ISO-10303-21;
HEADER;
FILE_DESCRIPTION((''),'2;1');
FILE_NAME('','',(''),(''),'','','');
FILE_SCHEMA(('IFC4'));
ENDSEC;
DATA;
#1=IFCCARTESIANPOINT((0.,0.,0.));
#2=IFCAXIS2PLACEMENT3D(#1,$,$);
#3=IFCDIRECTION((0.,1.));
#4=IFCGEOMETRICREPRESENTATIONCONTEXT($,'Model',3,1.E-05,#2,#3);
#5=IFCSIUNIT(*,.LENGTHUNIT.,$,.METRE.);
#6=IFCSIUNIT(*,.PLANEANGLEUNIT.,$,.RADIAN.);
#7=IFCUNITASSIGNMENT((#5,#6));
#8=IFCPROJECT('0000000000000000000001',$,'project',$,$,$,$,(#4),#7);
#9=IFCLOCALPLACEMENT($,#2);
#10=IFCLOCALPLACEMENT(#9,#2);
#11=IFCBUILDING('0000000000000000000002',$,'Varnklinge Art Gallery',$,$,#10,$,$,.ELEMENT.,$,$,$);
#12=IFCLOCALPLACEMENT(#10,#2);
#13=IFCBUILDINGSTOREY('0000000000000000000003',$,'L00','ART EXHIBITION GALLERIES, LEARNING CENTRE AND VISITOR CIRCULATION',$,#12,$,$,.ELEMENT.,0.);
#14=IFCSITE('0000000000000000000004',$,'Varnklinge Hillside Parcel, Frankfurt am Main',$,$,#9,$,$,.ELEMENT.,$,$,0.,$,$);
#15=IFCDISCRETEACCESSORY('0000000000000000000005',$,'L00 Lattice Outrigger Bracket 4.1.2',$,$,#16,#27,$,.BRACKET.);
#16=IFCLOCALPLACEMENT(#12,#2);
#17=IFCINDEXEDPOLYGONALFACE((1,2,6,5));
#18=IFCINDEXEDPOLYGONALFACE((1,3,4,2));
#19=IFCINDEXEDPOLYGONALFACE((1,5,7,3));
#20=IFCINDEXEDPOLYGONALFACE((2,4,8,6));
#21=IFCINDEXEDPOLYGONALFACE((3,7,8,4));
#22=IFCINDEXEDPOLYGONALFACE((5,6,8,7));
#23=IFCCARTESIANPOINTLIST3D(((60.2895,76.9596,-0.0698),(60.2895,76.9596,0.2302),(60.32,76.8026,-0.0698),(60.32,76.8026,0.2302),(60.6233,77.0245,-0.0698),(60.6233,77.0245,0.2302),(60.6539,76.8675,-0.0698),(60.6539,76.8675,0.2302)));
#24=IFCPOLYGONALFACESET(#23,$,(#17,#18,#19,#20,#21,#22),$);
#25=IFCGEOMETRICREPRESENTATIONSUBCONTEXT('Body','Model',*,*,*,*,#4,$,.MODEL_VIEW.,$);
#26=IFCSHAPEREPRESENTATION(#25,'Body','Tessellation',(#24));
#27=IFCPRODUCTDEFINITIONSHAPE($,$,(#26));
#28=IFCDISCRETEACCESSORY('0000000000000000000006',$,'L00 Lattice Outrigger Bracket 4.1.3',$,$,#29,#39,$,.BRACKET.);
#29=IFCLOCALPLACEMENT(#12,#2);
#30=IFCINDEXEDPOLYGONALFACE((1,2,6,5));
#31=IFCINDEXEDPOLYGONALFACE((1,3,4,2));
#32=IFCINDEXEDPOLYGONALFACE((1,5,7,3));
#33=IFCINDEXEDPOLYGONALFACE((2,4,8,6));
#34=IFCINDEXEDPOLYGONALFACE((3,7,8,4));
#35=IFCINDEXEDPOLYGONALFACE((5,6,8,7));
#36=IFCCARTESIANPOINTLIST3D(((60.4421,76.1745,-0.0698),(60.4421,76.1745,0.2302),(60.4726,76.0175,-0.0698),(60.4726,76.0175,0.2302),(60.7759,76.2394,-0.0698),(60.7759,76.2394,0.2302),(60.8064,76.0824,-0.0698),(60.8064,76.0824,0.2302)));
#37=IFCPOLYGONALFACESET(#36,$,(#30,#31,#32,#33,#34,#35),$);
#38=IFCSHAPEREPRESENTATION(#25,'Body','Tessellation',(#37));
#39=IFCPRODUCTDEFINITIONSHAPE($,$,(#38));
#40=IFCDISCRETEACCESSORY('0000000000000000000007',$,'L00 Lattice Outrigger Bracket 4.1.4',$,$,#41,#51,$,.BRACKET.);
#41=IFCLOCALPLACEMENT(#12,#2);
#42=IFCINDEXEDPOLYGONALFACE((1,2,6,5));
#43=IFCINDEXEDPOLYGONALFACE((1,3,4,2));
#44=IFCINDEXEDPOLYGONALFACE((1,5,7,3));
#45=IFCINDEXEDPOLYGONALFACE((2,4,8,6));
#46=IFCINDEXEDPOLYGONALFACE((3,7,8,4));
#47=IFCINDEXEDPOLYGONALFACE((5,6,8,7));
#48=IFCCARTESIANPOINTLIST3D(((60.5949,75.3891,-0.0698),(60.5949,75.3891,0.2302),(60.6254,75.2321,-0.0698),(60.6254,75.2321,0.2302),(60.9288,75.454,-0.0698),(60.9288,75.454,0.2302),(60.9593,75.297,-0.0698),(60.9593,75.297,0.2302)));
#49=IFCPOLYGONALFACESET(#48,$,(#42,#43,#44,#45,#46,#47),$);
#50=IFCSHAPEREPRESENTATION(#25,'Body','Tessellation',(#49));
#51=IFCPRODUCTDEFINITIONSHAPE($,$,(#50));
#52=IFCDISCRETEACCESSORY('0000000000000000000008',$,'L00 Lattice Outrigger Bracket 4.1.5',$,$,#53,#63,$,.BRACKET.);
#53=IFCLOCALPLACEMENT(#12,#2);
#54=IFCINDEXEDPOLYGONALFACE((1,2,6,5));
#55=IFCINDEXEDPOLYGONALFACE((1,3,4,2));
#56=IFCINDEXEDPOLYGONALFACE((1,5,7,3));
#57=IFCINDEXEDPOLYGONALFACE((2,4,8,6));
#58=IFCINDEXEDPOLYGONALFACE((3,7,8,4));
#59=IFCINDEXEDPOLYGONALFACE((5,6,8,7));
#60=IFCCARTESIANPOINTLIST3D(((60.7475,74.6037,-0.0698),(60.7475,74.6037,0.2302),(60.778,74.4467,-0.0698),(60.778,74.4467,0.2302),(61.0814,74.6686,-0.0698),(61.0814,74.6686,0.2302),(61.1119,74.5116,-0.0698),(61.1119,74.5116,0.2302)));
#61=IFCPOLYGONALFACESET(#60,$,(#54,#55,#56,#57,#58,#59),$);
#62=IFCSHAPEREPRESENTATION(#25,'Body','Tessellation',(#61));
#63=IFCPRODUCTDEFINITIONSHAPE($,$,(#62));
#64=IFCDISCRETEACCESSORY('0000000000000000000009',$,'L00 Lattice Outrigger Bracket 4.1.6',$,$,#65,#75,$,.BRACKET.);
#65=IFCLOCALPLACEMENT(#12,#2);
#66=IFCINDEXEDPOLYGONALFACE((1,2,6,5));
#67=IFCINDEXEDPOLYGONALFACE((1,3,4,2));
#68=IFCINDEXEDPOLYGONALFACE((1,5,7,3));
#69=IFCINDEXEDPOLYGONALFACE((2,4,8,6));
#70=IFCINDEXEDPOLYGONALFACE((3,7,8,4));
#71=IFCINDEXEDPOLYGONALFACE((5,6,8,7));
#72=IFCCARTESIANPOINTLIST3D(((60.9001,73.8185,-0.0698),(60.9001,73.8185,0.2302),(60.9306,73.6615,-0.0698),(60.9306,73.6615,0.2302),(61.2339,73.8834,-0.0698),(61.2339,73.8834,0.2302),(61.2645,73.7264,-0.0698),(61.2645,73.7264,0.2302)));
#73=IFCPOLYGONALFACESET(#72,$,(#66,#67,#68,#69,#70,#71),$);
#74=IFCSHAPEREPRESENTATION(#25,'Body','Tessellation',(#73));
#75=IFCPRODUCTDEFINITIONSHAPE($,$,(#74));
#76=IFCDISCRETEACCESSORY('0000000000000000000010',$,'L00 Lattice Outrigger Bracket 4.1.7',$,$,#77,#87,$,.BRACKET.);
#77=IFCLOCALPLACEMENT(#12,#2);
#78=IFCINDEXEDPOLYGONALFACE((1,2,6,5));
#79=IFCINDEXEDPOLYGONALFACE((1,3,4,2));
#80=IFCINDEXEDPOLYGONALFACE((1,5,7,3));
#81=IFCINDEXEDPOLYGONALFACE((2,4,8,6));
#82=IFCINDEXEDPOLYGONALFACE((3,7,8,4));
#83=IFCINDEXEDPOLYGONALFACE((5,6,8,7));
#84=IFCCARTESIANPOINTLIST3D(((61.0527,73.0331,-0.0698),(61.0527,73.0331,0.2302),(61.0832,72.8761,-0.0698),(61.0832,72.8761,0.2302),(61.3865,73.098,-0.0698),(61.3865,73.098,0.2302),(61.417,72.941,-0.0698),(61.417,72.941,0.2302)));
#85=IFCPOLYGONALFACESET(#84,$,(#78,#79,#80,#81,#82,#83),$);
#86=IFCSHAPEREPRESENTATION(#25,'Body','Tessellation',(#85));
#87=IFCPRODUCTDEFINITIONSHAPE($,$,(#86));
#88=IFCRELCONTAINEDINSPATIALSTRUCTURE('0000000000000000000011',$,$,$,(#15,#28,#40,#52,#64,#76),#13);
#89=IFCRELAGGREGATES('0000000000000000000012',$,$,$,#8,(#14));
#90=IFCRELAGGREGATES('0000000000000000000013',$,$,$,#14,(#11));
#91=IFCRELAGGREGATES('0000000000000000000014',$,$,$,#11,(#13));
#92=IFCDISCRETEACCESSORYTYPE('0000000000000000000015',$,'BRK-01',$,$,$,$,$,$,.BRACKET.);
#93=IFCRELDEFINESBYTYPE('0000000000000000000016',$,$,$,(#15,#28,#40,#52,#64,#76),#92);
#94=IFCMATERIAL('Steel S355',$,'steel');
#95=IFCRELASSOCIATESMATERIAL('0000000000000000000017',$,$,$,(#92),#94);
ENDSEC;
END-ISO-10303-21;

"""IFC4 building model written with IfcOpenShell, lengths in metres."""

from ifc_helpers import new_model, si_unit, direction, frame, origin, origin_2d, place, context, subcontext, project, spatial, rectangle, extrude, material, type_object, element, save


model = new_model("IFC4")

# Units and contexts
model_context = context("Model", 3, precision=1e-05, world=origin(), true_north=direction((0.0, 1.0)))
body_context = subcontext(model_context, "Body", "Model", "MODEL_VIEW")
ifc_project = project(units=[si_unit("LENGTHUNIT", "METRE"), si_unit("PLANEANGLEUNIT", "RADIAN")], contexts=[model_context])

# Site, building, storey
site_placement = place(None, origin())
site = spatial("IfcSite", under=ifc_project, at=site_placement, Name="Varnklinge Hillside Parcel, Frankfurt am Main", CompositionType="ELEMENT", RefElevation=0.0)
building_placement = place(site_placement, origin())
building = spatial("IfcBuilding", under=site, at=building_placement, Name="Varnklinge Art Gallery", CompositionType="ELEMENT")
storey_placement = place(building_placement, origin())
storey = spatial("IfcBuildingStorey", under=building, at=storey_placement, Name="L00", Description="ART EXHIBITION GALLERIES, LEARNING CENTRE AND VISITOR CIRCULATION", CompositionType="ELEMENT", Elevation=0.0)

# Discrete accessories
ifc_material_1 = material(Name="Steel S355", Category="steel")
discrete_accessory_type = type_object("IfcDiscreteAccessoryType", Name="BRK-01", PredefinedType="BRACKET", material=ifc_material_1)
for number, where, z_axis, x_axis, name in (
    (1, (60.4717, 76.9136, -0.0698), (0.0, 0.0, 1.0), (0.190809, -0.981627, 0.0), "L00 Lattice Outrigger Bracket 4.1.2"),
    (2, (60.6243, 76.1284, -0.0698), (0.0, 0.0, 1.0), (0.190809, -0.981627, 0.0), "L00 Lattice Outrigger Bracket 4.1.3"),
    (3, (60.7771, 75.343, -0.0698), (0.0, 0.0, 1.0), (0.190809, -0.981627, 0.0), "L00 Lattice Outrigger Bracket 4.1.4"),
    (4, (60.9297, 74.5576, -0.0698), (0.0, 0.0, 1.0), (0.190809, -0.981627, 0.0), "L00 Lattice Outrigger Bracket 4.1.5"),
    (5, (61.0823, 73.7725, -0.0698), (0.0, 0.0, 1.0), (0.190809, -0.981627, 0.0), "L00 Lattice Outrigger Bracket 4.1.6"),
    (6, (61.2349, 72.9871, -0.0698), (0.0, 0.0, 1.0), (0.190809, -0.981627, 0.0), "L00 Lattice Outrigger Bracket 4.1.7"),
):
    element("IfcDiscreteAccessory", number, at=place(storey_placement, frame(where, z_axis=z_axis, x_axis=x_axis)), inside=storey, type_object=discrete_accessory_type, Name=name, PredefinedType="BRACKET", context=body_context, shape_type="SweptSolid", body=[
        extrude(rectangle(XDim=0.1599, YDim=0.3401, at=origin_2d()), origin(), (0.0, 0.0, 1.0), 0.3),
    ])

save(model, "model.ifc")
